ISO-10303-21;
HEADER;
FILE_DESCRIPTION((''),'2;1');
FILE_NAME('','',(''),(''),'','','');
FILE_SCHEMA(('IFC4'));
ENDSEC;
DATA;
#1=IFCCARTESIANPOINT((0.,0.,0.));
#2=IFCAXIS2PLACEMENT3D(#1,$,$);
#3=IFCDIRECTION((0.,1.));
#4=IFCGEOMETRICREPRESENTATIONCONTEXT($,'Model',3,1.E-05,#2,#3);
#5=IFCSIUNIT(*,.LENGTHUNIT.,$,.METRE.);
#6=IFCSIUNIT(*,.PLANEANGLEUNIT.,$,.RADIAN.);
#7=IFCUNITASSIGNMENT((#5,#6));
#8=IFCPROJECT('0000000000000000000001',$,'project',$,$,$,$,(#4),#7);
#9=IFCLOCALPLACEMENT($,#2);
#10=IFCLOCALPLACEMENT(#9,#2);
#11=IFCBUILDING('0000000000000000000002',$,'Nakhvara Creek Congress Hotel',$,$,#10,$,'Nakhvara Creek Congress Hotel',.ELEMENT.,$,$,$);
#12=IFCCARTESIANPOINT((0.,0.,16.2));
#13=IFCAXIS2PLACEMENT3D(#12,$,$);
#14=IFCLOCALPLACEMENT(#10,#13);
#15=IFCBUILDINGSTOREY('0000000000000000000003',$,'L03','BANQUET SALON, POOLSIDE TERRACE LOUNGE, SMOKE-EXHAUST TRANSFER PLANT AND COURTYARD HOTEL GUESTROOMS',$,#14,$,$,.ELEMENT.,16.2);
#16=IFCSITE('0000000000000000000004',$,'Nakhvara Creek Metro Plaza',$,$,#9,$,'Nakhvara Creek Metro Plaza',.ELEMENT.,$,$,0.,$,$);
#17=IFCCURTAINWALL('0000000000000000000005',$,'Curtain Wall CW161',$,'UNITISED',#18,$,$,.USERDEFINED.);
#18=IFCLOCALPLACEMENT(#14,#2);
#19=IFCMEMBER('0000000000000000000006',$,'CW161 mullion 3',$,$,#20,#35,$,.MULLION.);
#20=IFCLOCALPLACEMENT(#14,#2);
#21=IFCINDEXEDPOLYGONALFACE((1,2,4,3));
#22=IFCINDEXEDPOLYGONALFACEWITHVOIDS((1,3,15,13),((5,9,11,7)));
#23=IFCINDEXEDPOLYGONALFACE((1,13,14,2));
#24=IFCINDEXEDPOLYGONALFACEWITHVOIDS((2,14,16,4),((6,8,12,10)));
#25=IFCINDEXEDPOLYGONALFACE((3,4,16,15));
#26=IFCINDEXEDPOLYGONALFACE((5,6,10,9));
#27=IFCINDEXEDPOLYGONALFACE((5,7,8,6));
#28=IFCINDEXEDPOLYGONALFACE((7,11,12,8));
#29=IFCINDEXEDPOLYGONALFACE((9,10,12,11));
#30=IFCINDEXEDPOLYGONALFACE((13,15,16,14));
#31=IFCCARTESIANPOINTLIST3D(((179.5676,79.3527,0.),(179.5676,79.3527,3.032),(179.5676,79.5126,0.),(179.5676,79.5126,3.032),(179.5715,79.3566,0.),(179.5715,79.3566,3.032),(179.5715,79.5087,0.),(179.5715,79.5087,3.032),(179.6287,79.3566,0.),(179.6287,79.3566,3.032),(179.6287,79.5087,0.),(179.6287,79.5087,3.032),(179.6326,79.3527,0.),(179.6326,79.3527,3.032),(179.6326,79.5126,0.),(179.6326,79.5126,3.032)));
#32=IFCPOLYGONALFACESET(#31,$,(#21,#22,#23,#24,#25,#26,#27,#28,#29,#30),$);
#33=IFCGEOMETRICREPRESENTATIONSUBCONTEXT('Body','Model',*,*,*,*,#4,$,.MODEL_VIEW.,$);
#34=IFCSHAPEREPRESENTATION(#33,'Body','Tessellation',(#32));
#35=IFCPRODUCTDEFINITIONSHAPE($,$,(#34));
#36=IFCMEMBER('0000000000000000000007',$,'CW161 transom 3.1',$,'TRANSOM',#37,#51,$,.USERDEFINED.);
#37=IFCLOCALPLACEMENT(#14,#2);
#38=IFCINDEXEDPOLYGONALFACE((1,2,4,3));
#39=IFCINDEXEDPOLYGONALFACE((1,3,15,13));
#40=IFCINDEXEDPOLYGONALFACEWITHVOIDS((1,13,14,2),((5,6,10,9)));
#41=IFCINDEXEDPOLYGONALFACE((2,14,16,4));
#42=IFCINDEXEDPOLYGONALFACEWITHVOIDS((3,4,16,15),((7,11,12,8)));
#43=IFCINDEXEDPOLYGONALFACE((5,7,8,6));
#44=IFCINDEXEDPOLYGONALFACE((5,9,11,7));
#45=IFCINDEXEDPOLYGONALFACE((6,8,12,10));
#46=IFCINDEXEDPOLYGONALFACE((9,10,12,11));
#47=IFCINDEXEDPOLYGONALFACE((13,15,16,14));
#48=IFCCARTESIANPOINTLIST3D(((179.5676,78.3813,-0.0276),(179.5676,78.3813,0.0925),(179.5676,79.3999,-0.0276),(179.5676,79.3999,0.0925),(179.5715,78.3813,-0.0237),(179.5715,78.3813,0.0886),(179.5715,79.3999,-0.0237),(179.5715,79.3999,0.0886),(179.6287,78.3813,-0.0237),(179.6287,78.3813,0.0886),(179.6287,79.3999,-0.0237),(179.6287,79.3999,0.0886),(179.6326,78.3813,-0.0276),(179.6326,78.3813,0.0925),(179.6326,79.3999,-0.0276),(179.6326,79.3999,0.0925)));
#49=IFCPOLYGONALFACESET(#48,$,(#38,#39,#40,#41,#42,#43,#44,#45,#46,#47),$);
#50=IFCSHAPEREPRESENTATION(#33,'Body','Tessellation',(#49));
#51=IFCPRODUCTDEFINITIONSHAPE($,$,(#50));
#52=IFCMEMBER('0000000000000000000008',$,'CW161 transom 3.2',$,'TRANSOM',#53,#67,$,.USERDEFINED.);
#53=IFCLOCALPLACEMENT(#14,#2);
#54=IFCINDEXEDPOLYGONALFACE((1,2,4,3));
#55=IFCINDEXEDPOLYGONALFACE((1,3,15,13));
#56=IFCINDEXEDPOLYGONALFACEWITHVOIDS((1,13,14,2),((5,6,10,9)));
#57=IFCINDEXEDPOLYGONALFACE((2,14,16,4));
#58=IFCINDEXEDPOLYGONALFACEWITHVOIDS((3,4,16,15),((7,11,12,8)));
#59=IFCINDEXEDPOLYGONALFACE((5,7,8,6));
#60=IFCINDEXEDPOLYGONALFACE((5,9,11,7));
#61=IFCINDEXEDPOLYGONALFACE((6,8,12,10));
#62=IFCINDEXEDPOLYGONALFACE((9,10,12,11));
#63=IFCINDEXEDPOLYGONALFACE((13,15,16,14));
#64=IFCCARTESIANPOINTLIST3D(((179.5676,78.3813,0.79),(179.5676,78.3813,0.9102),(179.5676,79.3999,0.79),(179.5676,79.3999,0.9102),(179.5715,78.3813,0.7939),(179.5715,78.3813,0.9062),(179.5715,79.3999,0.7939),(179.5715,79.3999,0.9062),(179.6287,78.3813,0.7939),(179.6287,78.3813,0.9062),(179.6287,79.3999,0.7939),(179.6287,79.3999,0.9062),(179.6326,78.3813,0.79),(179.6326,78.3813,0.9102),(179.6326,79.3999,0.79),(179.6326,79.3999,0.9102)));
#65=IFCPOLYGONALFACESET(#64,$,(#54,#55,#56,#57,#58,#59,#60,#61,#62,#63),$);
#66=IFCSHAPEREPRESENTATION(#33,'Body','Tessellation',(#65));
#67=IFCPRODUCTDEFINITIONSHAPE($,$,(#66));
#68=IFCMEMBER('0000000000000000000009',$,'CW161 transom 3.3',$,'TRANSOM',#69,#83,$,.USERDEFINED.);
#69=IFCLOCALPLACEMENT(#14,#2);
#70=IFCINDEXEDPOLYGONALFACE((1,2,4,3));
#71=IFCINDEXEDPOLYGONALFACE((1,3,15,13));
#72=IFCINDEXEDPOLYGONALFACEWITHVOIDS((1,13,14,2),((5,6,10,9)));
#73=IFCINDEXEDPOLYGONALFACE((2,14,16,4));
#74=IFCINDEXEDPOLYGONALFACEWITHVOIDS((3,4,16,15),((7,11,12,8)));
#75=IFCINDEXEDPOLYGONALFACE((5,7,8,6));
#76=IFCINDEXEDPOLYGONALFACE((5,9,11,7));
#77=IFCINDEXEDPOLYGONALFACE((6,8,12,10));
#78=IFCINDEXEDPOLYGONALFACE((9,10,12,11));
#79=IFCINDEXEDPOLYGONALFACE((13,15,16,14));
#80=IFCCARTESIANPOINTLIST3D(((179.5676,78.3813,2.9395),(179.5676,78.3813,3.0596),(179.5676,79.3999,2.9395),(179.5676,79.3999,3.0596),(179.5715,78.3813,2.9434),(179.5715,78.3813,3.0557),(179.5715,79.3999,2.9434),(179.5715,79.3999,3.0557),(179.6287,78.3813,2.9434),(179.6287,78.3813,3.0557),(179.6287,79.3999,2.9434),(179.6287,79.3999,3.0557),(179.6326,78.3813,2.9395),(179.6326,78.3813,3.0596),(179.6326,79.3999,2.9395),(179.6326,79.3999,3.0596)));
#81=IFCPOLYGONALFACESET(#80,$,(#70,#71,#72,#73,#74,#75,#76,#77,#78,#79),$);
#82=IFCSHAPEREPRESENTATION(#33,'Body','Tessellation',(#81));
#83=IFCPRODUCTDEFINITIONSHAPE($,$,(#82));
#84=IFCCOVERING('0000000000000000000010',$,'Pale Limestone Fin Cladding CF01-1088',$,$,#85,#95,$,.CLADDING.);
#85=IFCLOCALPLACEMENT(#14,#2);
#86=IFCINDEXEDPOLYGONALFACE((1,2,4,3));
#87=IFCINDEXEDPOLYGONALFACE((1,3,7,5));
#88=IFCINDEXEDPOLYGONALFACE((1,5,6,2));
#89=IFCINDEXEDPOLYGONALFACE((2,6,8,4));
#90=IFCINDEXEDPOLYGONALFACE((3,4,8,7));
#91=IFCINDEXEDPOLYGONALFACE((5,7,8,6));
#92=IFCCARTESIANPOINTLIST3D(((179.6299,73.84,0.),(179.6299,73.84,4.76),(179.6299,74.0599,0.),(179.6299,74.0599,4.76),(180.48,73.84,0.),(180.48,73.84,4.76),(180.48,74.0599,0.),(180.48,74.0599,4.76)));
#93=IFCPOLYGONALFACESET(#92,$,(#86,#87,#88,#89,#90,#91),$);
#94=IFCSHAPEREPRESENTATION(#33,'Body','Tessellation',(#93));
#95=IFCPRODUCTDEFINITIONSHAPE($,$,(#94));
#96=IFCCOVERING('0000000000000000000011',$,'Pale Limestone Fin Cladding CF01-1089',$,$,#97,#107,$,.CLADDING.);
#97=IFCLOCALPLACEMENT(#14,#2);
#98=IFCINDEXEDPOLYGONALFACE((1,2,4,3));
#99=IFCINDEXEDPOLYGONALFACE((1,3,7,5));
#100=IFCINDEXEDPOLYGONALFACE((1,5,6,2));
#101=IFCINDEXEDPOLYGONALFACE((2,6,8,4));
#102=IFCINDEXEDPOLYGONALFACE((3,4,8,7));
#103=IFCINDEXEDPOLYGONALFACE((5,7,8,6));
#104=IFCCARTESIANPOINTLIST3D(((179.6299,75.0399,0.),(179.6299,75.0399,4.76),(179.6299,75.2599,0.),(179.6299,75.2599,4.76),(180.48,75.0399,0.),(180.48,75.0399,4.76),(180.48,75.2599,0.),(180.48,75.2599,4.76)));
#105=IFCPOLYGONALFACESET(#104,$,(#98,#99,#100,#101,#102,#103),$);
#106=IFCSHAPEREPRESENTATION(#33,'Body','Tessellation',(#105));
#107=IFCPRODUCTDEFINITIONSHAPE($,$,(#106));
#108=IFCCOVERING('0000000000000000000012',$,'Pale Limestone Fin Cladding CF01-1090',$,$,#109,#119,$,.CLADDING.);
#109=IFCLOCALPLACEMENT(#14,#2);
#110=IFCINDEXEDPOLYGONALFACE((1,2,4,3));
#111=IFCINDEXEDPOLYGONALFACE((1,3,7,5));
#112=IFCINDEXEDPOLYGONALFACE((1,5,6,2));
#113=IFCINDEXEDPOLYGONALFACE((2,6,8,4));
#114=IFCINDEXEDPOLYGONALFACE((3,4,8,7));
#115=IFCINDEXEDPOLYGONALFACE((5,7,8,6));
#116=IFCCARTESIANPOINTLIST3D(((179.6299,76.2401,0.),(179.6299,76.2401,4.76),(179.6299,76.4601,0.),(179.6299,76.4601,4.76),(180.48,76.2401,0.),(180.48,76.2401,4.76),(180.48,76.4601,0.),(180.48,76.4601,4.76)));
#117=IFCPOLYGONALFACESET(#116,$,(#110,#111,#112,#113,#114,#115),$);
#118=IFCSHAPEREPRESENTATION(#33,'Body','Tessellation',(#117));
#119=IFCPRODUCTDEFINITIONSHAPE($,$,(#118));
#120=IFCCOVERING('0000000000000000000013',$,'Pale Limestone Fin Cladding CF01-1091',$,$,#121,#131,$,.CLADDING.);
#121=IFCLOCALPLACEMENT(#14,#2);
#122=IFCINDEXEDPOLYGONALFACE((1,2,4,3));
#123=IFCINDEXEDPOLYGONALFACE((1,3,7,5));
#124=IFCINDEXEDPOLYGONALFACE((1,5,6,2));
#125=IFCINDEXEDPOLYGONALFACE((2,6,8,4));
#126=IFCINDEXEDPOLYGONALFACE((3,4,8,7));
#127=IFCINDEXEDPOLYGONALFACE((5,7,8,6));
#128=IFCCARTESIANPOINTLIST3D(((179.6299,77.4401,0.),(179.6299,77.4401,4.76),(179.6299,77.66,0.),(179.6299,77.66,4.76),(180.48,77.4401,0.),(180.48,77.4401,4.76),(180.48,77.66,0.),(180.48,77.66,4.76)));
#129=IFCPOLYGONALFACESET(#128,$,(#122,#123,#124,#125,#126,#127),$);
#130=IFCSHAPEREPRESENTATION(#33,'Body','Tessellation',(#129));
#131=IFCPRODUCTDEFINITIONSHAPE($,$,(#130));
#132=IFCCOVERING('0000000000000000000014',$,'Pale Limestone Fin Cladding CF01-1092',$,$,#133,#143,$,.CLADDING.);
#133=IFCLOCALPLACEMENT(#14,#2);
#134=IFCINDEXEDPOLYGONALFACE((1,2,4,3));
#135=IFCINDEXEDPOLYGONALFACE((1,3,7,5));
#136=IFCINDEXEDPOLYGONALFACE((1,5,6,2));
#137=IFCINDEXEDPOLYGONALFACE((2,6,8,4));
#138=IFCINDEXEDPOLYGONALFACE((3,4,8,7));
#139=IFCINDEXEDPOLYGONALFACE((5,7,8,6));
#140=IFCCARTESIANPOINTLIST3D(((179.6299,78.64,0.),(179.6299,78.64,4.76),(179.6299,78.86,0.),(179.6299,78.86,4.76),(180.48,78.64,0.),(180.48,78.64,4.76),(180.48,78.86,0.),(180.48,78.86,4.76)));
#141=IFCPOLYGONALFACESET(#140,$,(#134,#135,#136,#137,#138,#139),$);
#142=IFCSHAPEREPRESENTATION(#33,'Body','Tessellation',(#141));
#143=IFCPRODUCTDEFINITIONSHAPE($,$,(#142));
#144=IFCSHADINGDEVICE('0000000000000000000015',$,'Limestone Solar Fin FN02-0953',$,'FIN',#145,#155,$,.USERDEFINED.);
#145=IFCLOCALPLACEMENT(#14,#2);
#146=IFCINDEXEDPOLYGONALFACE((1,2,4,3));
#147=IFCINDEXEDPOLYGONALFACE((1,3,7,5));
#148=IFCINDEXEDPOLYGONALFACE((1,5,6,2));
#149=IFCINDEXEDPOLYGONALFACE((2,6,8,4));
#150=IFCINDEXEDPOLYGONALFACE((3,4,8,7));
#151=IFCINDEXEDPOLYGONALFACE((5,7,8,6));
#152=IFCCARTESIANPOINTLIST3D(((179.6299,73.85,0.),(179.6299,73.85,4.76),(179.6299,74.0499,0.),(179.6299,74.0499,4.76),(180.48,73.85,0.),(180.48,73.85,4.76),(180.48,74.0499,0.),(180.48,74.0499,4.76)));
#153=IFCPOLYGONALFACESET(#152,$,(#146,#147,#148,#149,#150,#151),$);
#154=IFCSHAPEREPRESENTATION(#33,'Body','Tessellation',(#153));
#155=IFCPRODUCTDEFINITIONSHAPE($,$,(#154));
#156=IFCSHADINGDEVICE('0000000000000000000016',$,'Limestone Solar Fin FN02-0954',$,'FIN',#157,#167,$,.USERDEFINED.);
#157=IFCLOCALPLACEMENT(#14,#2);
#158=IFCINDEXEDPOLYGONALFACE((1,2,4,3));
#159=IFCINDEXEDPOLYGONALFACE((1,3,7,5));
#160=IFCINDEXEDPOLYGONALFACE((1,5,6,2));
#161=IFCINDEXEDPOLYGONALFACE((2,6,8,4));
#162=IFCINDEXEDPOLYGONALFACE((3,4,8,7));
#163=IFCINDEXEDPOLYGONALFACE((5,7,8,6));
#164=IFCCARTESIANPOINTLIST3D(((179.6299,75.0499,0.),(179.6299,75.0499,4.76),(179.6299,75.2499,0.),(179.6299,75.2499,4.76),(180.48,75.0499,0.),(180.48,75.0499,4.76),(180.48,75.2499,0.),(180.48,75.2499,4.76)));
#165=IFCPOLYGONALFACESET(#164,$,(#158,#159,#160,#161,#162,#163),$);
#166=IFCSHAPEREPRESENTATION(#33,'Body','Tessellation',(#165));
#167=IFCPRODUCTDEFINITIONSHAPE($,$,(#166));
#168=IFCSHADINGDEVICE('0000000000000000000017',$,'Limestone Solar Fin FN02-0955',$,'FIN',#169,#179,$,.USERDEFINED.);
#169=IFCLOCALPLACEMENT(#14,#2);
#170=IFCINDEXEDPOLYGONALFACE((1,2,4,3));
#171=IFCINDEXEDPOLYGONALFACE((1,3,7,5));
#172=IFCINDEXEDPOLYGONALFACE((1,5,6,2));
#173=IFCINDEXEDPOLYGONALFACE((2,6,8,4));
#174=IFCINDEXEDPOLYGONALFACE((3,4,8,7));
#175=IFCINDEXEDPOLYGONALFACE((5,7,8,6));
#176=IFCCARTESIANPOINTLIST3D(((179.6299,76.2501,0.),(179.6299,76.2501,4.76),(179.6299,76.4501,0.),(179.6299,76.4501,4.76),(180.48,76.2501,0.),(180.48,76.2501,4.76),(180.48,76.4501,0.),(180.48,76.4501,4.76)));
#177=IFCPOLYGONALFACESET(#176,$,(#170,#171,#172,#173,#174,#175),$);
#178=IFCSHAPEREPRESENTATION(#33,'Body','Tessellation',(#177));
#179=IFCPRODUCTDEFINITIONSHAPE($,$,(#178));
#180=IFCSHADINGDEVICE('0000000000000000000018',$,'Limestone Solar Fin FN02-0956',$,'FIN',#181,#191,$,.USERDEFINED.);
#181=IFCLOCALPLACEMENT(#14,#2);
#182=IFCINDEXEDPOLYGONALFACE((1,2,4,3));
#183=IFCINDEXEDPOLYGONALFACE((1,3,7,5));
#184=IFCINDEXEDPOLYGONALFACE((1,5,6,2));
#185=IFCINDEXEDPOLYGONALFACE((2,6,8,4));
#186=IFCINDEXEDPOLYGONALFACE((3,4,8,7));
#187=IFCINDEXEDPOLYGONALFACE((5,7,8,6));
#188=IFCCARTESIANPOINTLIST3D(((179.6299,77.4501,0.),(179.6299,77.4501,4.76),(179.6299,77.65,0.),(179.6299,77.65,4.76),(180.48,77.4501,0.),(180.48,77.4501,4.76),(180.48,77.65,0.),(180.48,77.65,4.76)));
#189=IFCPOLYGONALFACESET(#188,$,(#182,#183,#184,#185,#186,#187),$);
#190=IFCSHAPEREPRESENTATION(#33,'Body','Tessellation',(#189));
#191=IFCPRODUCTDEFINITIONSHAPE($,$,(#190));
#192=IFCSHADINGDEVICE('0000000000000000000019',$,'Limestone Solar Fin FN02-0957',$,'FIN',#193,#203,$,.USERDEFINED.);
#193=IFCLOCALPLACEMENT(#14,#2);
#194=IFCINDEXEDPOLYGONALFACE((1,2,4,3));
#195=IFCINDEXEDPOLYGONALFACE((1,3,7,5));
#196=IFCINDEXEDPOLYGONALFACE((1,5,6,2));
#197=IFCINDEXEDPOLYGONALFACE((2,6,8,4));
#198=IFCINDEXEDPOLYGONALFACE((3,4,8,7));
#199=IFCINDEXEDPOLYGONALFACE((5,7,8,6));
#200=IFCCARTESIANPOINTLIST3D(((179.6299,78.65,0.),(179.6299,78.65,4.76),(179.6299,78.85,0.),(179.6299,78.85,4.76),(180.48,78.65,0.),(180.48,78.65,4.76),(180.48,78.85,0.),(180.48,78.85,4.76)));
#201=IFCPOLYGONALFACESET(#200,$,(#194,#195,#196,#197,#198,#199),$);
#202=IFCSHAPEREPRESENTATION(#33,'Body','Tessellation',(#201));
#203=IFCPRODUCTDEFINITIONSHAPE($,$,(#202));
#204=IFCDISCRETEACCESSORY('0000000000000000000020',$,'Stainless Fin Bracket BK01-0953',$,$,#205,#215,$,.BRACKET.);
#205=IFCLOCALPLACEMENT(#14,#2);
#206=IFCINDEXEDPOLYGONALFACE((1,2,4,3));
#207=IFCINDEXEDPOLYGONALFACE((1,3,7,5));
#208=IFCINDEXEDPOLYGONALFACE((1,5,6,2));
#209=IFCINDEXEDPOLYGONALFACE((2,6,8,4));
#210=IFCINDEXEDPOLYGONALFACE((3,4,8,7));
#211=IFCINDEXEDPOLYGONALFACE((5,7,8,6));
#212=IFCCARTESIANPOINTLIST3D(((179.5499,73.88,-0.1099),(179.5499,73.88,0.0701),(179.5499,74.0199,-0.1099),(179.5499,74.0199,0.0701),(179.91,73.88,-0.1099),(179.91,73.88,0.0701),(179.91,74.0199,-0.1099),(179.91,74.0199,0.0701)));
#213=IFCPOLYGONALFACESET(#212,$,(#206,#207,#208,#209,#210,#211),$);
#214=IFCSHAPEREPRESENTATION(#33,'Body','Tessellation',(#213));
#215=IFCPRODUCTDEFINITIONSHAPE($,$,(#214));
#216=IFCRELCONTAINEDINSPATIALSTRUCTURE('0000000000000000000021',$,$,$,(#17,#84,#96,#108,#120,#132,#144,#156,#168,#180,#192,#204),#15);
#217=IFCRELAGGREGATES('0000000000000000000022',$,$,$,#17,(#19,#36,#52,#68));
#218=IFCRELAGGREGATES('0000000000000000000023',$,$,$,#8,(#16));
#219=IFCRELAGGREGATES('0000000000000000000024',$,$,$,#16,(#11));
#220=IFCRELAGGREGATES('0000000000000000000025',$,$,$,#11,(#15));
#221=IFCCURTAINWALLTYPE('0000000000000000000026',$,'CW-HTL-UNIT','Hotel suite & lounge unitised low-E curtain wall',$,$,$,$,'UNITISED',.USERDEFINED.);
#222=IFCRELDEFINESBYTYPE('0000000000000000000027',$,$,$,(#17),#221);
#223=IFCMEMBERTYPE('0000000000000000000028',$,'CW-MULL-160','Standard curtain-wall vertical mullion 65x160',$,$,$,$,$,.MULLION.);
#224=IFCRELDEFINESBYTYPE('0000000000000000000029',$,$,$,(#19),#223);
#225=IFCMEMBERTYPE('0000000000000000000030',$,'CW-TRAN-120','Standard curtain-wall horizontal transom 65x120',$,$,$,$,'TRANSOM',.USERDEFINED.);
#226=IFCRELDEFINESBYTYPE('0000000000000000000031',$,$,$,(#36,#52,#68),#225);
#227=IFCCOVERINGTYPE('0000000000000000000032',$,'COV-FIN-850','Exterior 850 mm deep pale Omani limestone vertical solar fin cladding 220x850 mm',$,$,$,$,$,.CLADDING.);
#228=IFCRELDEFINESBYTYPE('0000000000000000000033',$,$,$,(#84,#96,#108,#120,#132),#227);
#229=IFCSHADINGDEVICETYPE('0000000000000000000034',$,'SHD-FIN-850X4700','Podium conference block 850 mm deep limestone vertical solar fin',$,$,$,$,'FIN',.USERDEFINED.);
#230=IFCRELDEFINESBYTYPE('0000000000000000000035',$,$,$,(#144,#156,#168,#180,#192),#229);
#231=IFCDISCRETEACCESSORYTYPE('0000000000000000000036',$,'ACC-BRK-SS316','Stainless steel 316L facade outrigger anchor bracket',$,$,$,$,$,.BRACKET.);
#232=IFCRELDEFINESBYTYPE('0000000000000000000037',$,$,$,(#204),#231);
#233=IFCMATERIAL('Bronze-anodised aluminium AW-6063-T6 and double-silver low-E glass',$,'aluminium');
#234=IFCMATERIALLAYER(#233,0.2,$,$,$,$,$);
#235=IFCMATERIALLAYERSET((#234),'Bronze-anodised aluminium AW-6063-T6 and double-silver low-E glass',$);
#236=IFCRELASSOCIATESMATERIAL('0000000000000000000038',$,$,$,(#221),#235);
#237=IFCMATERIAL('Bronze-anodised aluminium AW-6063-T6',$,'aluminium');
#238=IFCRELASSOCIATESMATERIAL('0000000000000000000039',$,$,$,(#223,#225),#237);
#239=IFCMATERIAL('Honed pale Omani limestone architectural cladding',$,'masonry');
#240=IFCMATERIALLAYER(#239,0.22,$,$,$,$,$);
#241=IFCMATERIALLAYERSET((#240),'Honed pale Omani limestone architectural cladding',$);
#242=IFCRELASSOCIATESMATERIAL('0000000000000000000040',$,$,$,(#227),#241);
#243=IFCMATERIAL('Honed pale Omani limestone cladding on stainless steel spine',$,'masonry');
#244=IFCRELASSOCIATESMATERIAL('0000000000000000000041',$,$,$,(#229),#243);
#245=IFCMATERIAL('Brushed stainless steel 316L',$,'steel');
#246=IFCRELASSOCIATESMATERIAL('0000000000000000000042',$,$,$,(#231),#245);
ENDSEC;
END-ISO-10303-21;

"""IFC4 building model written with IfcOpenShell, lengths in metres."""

from ifc_helpers import new_model, si_unit, direction, frame, origin, origin_2d, place, context, subcontext, project, spatial, rectangle, hollow_rectangle, extrude, material, layer, layer_set, material_profile, profile_set, type_object, element, aggregate, save


model = new_model("IFC4")

# Units and contexts
model_context = context("Model", 3, precision=1e-05, world=origin(), true_north=direction((0.0, 1.0)))
body_context = subcontext(model_context, "Body", "Model", "MODEL_VIEW")
ifc_project = project(units=[si_unit("LENGTHUNIT", "METRE"), si_unit("PLANEANGLEUNIT", "RADIAN")], contexts=[model_context])

# Site, building, storey
site_placement = place(None, origin())
site = spatial("IfcSite", under=ifc_project, at=site_placement, Name="Nakhvara Creek Metro Plaza", LongName="Nakhvara Creek Metro Plaza", CompositionType="ELEMENT", RefElevation=0.0)
building_placement = place(site_placement, origin())
building = spatial("IfcBuilding", under=site, at=building_placement, Name="Nakhvara Creek Congress Hotel", LongName="Nakhvara Creek Congress Hotel", CompositionType="ELEMENT")
storey_placement = place(building_placement, frame((0.0, 0.0, 16.2)))
storey = spatial("IfcBuildingStorey", under=building, at=storey_placement, Name="L03", Description="BANQUET SALON, POOLSIDE TERRACE LOUNGE, SMOKE-EXHAUST TRANSFER PLANT AND COURTYARD HOTEL GUESTROOMS", CompositionType="ELEMENT", Elevation=16.2)

# Curtain wall, members
ifc_material_1 = material(Name="Bronze-anodised aluminium AW-6063-T6 and double-silver low-E glass", Category="aluminium")
ifc_layer_1 = layer(ifc_material_1, 0.2)
ifc_layer_set_1 = layer_set([ifc_layer_1], Name="Bronze-anodised aluminium AW-6063-T6 and double-silver low-E glass")
curtain_wall_type = type_object("IfcCurtainWallType", Name="CW-HTL-UNIT", Description="Hotel suite & lounge unitised low-E curtain wall", ElementType="UNITISED", PredefinedType="USERDEFINED", material=ifc_layer_set_1)
curtain_wall_placement = place(storey_placement, origin())
curtain_wall = element("IfcCurtainWall", 1, at=curtain_wall_placement, inside=storey, type_object=curtain_wall_type, Name="Curtain Wall CW161", ObjectType="UNITISED", PredefinedType="USERDEFINED")
ifc_material_2 = material(Name="Bronze-anodised aluminium AW-6063-T6", Category="aluminium")
ifc_material_profile_1 = material_profile(ifc_material_2, hollow_rectangle(XDim=0.0649, YDim=0.1599, WallThickness=0.0039, at=origin_2d()), Name="ALU-MULL 65x160x4", Category="LoadBearing")
ifc_profile_set_1 = profile_set([ifc_material_profile_1], Name="Bronze-anodised aluminium AW-6063-T6")
member_type_1 = type_object("IfcMemberType", Name="CW-MULL-160", Description="Standard curtain-wall vertical mullion 65x160", PredefinedType="MULLION", material=ifc_profile_set_1)
member_1_placement = place(storey_placement, frame((179.6001, 79.4326, 0.0), z_axis=(0.0, 0.0, 1.0), x_axis=(1.0, 0.0, 0.0)))
member_1 = element("IfcMember", 2, at=member_1_placement, type_object=member_type_1, Name="CW161 mullion 3", PredefinedType="MULLION", context=body_context, shape_type="SweptSolid", body=[
    extrude(hollow_rectangle(XDim=0.0649, YDim=0.1599, WallThickness=0.0039, at=origin_2d()), origin(), (0.0, 0.0, 1.0), 3.032),
])
ifc_material_profile_2 = material_profile(ifc_material_2, hollow_rectangle(XDim=0.0649, YDim=0.1201, WallThickness=0.0039, at=origin_2d()), Name="ALU-TRAN 65x120x4", Category="LoadBearing")
ifc_profile_set_2 = profile_set([ifc_material_profile_2], Name="Bronze-anodised aluminium AW-6063-T6")
member_type_2 = type_object("IfcMemberType", Name="CW-TRAN-120", Description="Standard curtain-wall horizontal transom 65x120", ElementType="TRANSOM", PredefinedType="USERDEFINED", material=ifc_profile_set_2)
member_2_placement = place(storey_placement, frame((179.6001, 79.3999, 0.0325), z_axis=(0.0, -1.0, 0.0), x_axis=(1.0, 0.0, 0.0)))
member_2 = element("IfcMember", 3, at=member_2_placement, type_object=member_type_2, Name="CW161 transom 3.1", ObjectType="TRANSOM", PredefinedType="USERDEFINED", context=body_context, shape_type="SweptSolid", body=[
    extrude(hollow_rectangle(XDim=0.0649, YDim=0.1201, WallThickness=0.0039, at=origin_2d()), origin(), (0.0, 0.0, 1.0), 1.0186),
])
member_3_placement = place(storey_placement, frame((179.6001, 79.3999, 0.8501), z_axis=(0.0, -1.0, 0.0), x_axis=(1.0, 0.0, 0.0)))
member_3 = element("IfcMember", 4, at=member_3_placement, type_object=member_type_2, Name="CW161 transom 3.2", ObjectType="TRANSOM", PredefinedType="USERDEFINED", context=body_context, shape_type="SweptSolid", body=[
    extrude(hollow_rectangle(XDim=0.0649, YDim=0.1201, WallThickness=0.0039, at=origin_2d()), origin(), (0.0, 0.0, 1.0), 1.0186),
])
member_4_placement = place(storey_placement, frame((179.6001, 79.3999, 2.9995), z_axis=(0.0, -1.0, 0.0), x_axis=(1.0, 0.0, 0.0)))
member_4 = element("IfcMember", 5, at=member_4_placement, type_object=member_type_2, Name="CW161 transom 3.3", ObjectType="TRANSOM", PredefinedType="USERDEFINED", context=body_context, shape_type="SweptSolid", body=[
    extrude(hollow_rectangle(XDim=0.0649, YDim=0.1201, WallThickness=0.0039, at=origin_2d()), origin(), (0.0, 0.0, 1.0), 1.0186),
])
aggregate(curtain_wall, [member_1, member_2, member_3, member_4])

# Coverings
ifc_material_3 = material(Name="Honed pale Omani limestone architectural cladding", Category="masonry")
ifc_layer_2 = layer(ifc_material_3, 0.22)
ifc_layer_set_2 = layer_set([ifc_layer_2], Name="Honed pale Omani limestone architectural cladding")
covering_type = type_object("IfcCoveringType", Name="COV-FIN-850", Description="Exterior 850 mm deep pale Omani limestone vertical solar fin cladding 220x850 mm", PredefinedType="CLADDING", material=ifc_layer_set_2)
for number, where, z_axis, x_axis, name in (
    (6, (180.0549, 73.95, 0.0), (0.0, 0.0, 1.0), (0.0, 1.0, 0.0), "Pale Limestone Fin Cladding CF01-1088"),
    (7, (180.0549, 75.1499, 0.0), (0.0, 0.0, 1.0), (0.0, 1.0, 0.0), "Pale Limestone Fin Cladding CF01-1089"),
    (8, (180.0549, 76.3501, 0.0), (0.0, 0.0, 1.0), (0.0, 1.0, 0.0), "Pale Limestone Fin Cladding CF01-1090"),
    (9, (180.0549, 77.55, 0.0), (0.0, 0.0, 1.0), (0.0, 1.0, 0.0), "Pale Limestone Fin Cladding CF01-1091"),
    (10, (180.0549, 78.75, 0.0), (0.0, 0.0, 1.0), (0.0, 1.0, 0.0), "Pale Limestone Fin Cladding CF01-1092"),
):
    element("IfcCovering", number, at=place(storey_placement, frame(where, z_axis=z_axis, x_axis=x_axis)), inside=storey, type_object=covering_type, Name=name, PredefinedType="CLADDING", context=body_context, shape_type="SweptSolid", body=[
        extrude(rectangle(XDim=0.22, YDim=0.8501, at=origin_2d()), origin(), (0.0, 0.0, 1.0), 4.76),
    ])

# Shading devices
ifc_material_4 = material(Name="Honed pale Omani limestone cladding on stainless steel spine", Category="masonry")
shading_device_type = type_object("IfcShadingDeviceType", Name="SHD-FIN-850X4700", Description="Podium conference block 850 mm deep limestone vertical solar fin", ElementType="FIN", PredefinedType="USERDEFINED", material=ifc_material_4)
for number, where, z_axis, x_axis, name in (
    (11, (180.0549, 73.95, 0.0), (0.0, 0.0, 1.0), (0.0, 1.0, 0.0), "Limestone Solar Fin FN02-0953"),
    (12, (180.0549, 75.1499, 0.0), (0.0, 0.0, 1.0), (0.0, 1.0, 0.0), "Limestone Solar Fin FN02-0954"),
    (13, (180.0549, 76.3501, 0.0), (0.0, 0.0, 1.0), (0.0, 1.0, 0.0), "Limestone Solar Fin FN02-0955"),
    (14, (180.0549, 77.55, 0.0), (0.0, 0.0, 1.0), (0.0, 1.0, 0.0), "Limestone Solar Fin FN02-0956"),
    (15, (180.0549, 78.75, 0.0), (0.0, 0.0, 1.0), (0.0, 1.0, 0.0), "Limestone Solar Fin FN02-0957"),
):
    element("IfcShadingDevice", number, at=place(storey_placement, frame(where, z_axis=z_axis, x_axis=x_axis)), inside=storey, type_object=shading_device_type, Name=name, ObjectType="FIN", PredefinedType="USERDEFINED", context=body_context, shape_type="SweptSolid", body=[
        extrude(rectangle(XDim=0.2, YDim=0.8501, at=origin_2d()), origin(), (0.0, 0.0, 1.0), 4.76),
    ])

# Discrete accessory
ifc_material_5 = material(Name="Brushed stainless steel 316L", Category="steel")
discrete_accessory_type = type_object("IfcDiscreteAccessoryType", Name="ACC-BRK-SS316", Description="Stainless steel 316L facade outrigger anchor bracket", PredefinedType="BRACKET", material=ifc_material_5)
for number, where, z_axis, x_axis, name in (
    (16, (179.73, 73.95, -0.1099), (0.0, 0.0, 1.0), (0.0, 1.0, 0.0), "Stainless Fin Bracket BK01-0953"),
):
    element("IfcDiscreteAccessory", number, at=place(storey_placement, frame(where, z_axis=z_axis, x_axis=x_axis)), inside=storey, type_object=discrete_accessory_type, Name=name, PredefinedType="BRACKET", context=body_context, shape_type="SweptSolid", body=[
        extrude(rectangle(XDim=0.1399, YDim=0.3601, at=origin_2d()), origin(), (0.0, 0.0, 1.0), 0.1799),
    ])

save(model, "model.ifc")
